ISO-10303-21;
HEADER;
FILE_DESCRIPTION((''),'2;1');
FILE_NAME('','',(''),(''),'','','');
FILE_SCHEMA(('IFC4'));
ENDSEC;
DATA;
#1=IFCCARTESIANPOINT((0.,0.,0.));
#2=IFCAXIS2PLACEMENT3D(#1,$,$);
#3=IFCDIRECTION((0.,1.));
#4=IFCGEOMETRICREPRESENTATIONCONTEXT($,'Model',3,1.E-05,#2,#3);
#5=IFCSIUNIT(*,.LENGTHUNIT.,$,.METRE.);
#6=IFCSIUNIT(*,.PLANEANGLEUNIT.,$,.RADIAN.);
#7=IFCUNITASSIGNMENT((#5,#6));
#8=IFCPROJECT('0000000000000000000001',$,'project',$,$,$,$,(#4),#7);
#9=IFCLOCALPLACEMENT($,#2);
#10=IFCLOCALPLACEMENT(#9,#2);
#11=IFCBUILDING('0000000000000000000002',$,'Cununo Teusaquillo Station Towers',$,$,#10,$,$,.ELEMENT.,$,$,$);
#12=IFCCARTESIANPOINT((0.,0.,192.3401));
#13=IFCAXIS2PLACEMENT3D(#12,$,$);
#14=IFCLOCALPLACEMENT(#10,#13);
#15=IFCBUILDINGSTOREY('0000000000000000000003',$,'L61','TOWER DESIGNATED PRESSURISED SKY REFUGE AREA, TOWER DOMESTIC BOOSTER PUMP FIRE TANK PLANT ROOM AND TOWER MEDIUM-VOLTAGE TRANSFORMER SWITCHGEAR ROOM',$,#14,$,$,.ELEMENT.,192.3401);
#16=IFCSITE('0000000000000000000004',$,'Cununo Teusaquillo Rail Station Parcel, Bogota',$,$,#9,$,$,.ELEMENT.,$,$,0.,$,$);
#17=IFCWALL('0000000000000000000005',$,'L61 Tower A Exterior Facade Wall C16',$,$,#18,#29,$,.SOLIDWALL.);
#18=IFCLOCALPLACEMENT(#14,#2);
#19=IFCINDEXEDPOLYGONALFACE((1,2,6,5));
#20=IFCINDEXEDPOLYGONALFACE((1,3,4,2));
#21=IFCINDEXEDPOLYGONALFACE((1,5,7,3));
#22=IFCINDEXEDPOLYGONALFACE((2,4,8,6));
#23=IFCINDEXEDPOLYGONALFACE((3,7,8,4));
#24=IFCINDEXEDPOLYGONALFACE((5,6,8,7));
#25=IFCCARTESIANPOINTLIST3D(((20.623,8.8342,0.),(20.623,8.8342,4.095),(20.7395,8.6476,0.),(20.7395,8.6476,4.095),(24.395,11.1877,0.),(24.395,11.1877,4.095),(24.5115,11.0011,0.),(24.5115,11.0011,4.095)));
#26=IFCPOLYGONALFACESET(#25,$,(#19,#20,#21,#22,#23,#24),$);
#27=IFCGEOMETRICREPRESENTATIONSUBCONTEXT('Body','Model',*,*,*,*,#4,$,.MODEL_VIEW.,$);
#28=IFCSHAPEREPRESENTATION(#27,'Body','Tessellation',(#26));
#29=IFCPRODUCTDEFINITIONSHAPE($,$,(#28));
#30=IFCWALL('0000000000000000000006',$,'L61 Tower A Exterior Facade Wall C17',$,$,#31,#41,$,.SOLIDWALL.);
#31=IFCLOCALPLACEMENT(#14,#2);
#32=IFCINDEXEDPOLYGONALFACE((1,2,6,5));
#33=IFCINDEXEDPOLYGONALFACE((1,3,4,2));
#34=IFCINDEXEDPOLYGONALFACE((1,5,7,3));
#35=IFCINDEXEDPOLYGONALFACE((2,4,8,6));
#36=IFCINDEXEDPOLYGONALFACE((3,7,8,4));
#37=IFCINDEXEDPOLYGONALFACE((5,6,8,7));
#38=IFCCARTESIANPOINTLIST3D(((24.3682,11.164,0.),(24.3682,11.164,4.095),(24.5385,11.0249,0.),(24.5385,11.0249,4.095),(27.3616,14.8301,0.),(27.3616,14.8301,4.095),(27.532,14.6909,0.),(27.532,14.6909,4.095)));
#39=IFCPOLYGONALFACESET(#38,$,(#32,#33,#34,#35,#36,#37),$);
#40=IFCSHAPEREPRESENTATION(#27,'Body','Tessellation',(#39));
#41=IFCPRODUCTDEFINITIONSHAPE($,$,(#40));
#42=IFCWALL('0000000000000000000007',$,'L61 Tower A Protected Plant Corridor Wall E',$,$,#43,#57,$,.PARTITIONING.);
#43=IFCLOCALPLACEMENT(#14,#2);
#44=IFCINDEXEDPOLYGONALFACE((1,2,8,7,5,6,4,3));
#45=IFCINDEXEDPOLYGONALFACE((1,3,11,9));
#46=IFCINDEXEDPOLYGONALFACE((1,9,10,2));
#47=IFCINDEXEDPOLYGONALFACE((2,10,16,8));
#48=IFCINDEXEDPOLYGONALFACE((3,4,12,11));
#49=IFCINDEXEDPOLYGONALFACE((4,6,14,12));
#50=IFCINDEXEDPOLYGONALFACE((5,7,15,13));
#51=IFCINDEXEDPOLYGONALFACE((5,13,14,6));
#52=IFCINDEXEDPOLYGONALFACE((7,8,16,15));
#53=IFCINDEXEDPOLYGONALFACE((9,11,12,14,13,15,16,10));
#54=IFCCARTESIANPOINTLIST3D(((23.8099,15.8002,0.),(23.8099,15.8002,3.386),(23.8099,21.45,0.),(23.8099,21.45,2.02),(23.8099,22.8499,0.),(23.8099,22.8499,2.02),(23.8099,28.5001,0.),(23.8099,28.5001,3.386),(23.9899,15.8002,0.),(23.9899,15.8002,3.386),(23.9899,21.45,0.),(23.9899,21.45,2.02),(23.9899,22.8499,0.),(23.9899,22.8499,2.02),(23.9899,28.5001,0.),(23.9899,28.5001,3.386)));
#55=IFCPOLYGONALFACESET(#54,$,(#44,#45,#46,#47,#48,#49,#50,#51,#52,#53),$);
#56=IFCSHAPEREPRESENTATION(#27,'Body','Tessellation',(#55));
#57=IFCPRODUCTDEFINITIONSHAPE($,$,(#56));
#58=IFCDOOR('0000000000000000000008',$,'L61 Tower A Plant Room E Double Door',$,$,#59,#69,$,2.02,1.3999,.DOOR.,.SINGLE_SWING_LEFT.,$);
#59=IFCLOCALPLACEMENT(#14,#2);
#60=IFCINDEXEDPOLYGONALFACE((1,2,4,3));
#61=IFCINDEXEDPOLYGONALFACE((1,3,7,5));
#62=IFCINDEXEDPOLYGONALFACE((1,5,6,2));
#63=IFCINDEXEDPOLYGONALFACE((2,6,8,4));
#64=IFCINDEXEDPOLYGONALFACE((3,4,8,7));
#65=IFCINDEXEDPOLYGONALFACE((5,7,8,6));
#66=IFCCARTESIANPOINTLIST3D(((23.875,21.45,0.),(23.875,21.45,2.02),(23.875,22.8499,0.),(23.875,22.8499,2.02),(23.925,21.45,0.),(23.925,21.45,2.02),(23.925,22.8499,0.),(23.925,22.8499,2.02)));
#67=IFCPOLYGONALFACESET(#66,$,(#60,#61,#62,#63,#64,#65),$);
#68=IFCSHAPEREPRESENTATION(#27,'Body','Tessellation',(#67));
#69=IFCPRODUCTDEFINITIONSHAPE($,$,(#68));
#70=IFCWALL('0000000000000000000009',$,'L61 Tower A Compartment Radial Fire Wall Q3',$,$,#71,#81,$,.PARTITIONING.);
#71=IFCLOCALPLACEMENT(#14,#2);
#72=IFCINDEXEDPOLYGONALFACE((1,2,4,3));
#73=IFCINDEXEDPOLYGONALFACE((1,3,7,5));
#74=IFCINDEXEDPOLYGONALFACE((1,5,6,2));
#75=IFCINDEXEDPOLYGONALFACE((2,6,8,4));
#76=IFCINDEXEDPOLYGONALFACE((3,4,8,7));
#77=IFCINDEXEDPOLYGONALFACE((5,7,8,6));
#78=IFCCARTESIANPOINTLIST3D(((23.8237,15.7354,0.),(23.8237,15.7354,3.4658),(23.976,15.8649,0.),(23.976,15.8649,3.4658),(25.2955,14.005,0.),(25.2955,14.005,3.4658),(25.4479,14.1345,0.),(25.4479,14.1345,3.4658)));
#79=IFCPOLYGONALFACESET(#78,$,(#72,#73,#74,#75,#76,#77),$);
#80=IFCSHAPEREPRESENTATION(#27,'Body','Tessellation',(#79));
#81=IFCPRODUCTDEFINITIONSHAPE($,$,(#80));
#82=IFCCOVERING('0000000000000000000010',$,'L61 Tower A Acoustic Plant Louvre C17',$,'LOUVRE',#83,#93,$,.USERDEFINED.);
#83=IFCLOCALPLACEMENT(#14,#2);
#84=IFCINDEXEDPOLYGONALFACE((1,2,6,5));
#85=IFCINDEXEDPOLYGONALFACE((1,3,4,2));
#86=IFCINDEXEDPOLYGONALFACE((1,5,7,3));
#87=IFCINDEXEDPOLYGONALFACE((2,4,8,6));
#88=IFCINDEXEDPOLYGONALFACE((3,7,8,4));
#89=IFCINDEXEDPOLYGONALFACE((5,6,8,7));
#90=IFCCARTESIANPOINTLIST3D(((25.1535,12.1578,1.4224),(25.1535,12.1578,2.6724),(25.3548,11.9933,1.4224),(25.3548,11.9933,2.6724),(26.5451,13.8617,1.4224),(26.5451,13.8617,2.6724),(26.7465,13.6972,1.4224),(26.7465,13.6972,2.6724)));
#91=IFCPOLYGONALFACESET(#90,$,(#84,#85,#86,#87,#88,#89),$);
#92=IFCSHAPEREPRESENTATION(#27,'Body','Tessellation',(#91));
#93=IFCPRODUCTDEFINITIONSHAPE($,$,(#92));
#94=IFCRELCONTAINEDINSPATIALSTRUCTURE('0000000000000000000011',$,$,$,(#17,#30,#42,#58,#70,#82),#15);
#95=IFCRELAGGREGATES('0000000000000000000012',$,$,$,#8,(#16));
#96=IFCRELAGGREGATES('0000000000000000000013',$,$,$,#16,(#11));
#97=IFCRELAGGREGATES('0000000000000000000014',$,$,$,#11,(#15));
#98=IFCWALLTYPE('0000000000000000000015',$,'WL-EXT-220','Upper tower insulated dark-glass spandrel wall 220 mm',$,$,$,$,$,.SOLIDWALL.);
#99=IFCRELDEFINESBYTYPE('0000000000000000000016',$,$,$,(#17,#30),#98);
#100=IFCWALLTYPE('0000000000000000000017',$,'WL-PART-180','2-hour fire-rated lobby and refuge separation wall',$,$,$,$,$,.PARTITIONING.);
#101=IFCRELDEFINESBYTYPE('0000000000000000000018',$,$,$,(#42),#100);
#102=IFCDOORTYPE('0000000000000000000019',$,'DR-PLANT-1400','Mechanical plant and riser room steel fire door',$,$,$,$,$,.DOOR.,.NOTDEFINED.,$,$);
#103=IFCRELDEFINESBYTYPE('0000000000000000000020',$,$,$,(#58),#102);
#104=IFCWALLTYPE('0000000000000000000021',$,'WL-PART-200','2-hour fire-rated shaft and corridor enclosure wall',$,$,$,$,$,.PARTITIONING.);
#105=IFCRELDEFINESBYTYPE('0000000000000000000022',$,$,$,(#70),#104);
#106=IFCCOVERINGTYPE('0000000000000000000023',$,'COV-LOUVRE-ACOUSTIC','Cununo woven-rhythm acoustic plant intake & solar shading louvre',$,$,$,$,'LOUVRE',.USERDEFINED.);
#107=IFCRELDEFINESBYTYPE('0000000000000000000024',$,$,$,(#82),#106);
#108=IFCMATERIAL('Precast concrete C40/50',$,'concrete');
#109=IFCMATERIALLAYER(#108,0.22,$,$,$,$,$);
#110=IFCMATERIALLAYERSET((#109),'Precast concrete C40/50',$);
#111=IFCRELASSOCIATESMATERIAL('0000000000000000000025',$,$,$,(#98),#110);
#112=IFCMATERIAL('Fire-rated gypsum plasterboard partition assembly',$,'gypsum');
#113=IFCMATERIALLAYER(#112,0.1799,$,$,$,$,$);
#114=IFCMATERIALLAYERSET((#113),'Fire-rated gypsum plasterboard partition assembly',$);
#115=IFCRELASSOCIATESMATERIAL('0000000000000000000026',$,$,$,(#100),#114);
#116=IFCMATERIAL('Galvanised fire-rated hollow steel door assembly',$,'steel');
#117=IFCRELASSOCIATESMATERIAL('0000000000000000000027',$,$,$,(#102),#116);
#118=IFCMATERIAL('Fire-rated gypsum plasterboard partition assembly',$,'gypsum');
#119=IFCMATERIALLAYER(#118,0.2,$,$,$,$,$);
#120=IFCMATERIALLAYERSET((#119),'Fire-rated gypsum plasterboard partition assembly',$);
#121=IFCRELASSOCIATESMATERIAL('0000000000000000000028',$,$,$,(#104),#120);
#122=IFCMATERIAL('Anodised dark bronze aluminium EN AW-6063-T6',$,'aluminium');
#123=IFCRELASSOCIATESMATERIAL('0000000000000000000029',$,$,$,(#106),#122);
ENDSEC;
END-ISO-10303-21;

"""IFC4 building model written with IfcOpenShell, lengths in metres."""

from ifc_helpers import new_model, si_unit, direction, frame, frame_2d, origin, origin_2d, place, context, subcontext, project, spatial, rectangle, extrude, source, transform, mapped, material, layer, layer_set, type_object, element, fill, save


model = new_model("IFC4")

# Units and contexts
model_context = context("Model", 3, precision=1e-05, world=origin(), true_north=direction((0.0, 1.0)))
body_context = subcontext(model_context, "Body", "Model", "MODEL_VIEW")
ifc_project = project(units=[si_unit("LENGTHUNIT", "METRE"), si_unit("PLANEANGLEUNIT", "RADIAN")], contexts=[model_context])

# Site, building, storey
site_placement = place(None, origin())
site = spatial("IfcSite", under=ifc_project, at=site_placement, Name="Cununo Teusaquillo Rail Station Parcel, Bogota", CompositionType="ELEMENT", RefElevation=0.0)
building_placement = place(site_placement, origin())
building = spatial("IfcBuilding", under=site, at=building_placement, Name="Cununo Teusaquillo Station Towers", CompositionType="ELEMENT")
storey_placement = place(building_placement, frame((0.0, 0.0, 192.3401)))
storey = spatial("IfcBuildingStorey", under=building, at=storey_placement, Name="L61", Description="TOWER DESIGNATED PRESSURISED SKY REFUGE AREA, TOWER DOMESTIC BOOSTER PUMP FIRE TANK PLANT ROOM AND TOWER MEDIUM-VOLTAGE TRANSFORMER SWITCHGEAR ROOM", CompositionType="ELEMENT", Elevation=192.3401)

# Walls
ifc_material_1 = material(Name="Precast concrete C40/50", Category="concrete")
ifc_layer_1 = layer(ifc_material_1, 0.22)
ifc_layer_set_1 = layer_set([ifc_layer_1], Name="Precast concrete C40/50")
wall_type_1 = type_object("IfcWallType", Name="WL-EXT-220", Description="Upper tower insulated dark-glass spandrel wall 220 mm", PredefinedType="SOLIDWALL", material=ifc_layer_set_1)
wall_1_placement = place(storey_placement, frame((24.4534, 11.0945, 0.0), z_axis=(0.0, 0.0, 1.0), x_axis=(-0.848399, -0.529357, 0.0)))
element("IfcWall", 1, at=wall_1_placement, inside=storey, type_object=wall_type_1, Name="L61 Tower A Exterior Facade Wall C16", PredefinedType="SOLIDWALL", context=body_context, shape_type="SweptSolid", body=[
    extrude(rectangle(XDim=4.446, YDim=0.22, at=frame_2d((2.2231, 0.0))), origin(), (0.0, 0.0, 1.0), 4.095),
])
wall_2_placement = place(storey_placement, frame((27.4468, 14.7605, 0.0), z_axis=(0.0, 0.0, 1.0), x_axis=(-0.632471, -0.774584, 0.0)))
element("IfcWall", 2, at=wall_2_placement, inside=storey, type_object=wall_type_1, Name="L61 Tower A Exterior Facade Wall C17", PredefinedType="SOLIDWALL", context=body_context, shape_type="SweptSolid", body=[
    extrude(rectangle(XDim=4.7329, YDim=0.22, at=frame_2d((2.3665, 0.0))), origin(), (0.0, 0.0, 1.0), 4.095),
])

# Wall, opening, door
ifc_material_2 = material(Name="Fire-rated gypsum plasterboard partition assembly", Category="gypsum")
ifc_layer_2 = layer(ifc_material_2, 0.1799)
ifc_layer_set_2 = layer_set([ifc_layer_2], Name="Fire-rated gypsum plasterboard partition assembly")
wall_type_2 = type_object("IfcWallType", Name="WL-PART-180", Description="2-hour fire-rated lobby and refuge separation wall", PredefinedType="PARTITIONING", material=ifc_layer_set_2)
wall_3_placement = place(storey_placement, frame((23.8999, 15.8, 0.0), z_axis=(0.0, 0.0, 1.0), x_axis=(0.0, 1.0, 0.0)))
wall_3 = element("IfcWall", 3, at=wall_3_placement, inside=storey, type_object=wall_type_2, Name="L61 Tower A Protected Plant Corridor Wall E", PredefinedType="PARTITIONING", context=body_context, shape_type="SweptSolid", body=[
    extrude(rectangle(XDim=12.7, YDim=0.1799, at=frame_2d((6.3501, 0.0))), origin(), (0.0, 0.0, 1.0), 3.386),
])
shared_shape_1 = source(origin(), body_context, "Body", "SweptSolid", [
    extrude(rectangle(XDim=1.3999, YDim=2.02, at=frame_2d((0.7, 1.01))), frame((0.0, 0.0999, 0.0), z_axis=(0.0, -1.0, 0.0), x_axis=(1.0, 0.0, 0.0)), (0.0, 0.0, 1.0), 0.2),
])
opening_placement = place(wall_3_placement, frame((5.6499, 0.0, 0.0)))
opening = element("IfcOpeningElement", 4, at=opening_placement, cuts=wall_3, PredefinedType="OPENING", context=body_context, shape_type="MappedRepresentation", body=[
    mapped(shared_shape_1, transform((0.0, 0.0, 0.0), x_axis=(1.0, 0.0, 0.0), y_axis=(0.0, 1.0, 0.0), z_axis=(0.0, 0.0, 1.0), scale=1.0)),
])
ifc_material_3 = material(Name="Galvanised fire-rated hollow steel door assembly", Category="steel")
door_type = type_object("IfcDoorType", Name="DR-PLANT-1400", Description="Mechanical plant and riser room steel fire door", OperationType="NOTDEFINED", PredefinedType="DOOR", material=ifc_material_3)
shared_shape_2 = source(origin(), body_context, "Body", "SweptSolid", [
    extrude(rectangle(XDim=1.3999, YDim=2.02, at=frame_2d((0.7, 1.01))), frame((0.0, 0.0249, 0.0), z_axis=(0.0, -1.0, 0.0), x_axis=(1.0, 0.0, 0.0)), (0.0, 0.0, 1.0), 0.05),
])
door_placement = place(opening_placement, origin())
door = element("IfcDoor", 5, at=door_placement, inside=storey, type_object=door_type, Name="L61 Tower A Plant Room E Double Door", OperationType="SINGLE_SWING_LEFT", OverallHeight=2.02, OverallWidth=1.3999, PredefinedType="DOOR", context=body_context, shape_type="MappedRepresentation", body=[
    mapped(shared_shape_2, transform((0.0, 0.0, 0.0), x_axis=(1.0, 0.0, 0.0), y_axis=(0.0, 1.0, 0.0), z_axis=(0.0, 0.0, 1.0), scale=1.0)),
])
fill(opening, door)

# Wall
ifc_material_4 = material(Name="Fire-rated gypsum plasterboard partition assembly", Category="gypsum")
ifc_layer_3 = layer(ifc_material_4, 0.2)
ifc_layer_set_3 = layer_set([ifc_layer_3], Name="Fire-rated gypsum plasterboard partition assembly")
wall_type_3 = type_object("IfcWallType", Name="WL-PART-200", Description="2-hour fire-rated shaft and corridor enclosure wall", PredefinedType="PARTITIONING", material=ifc_layer_set_3)
wall_4_placement = place(storey_placement, frame((23.8999, 15.8, 0.0), z_axis=(0.0, 0.0, 1.0), x_axis=(0.64791, -0.761717, 0.0)))
element("IfcWall", 6, at=wall_4_placement, inside=storey, type_object=wall_type_3, Name="L61 Tower A Compartment Radial Fire Wall Q3", PredefinedType="PARTITIONING", context=body_context, shape_type="SweptSolid", body=[
    extrude(rectangle(XDim=2.2717, YDim=0.2, at=frame_2d((1.1357, 0.0))), origin(), (0.0, 0.0, 1.0), 3.4658),
])

# Covering
ifc_material_5 = material(Name="Anodised dark bronze aluminium EN AW-6063-T6", Category="aluminium")
covering_type = type_object("IfcCoveringType", Name="COV-LOUVRE-ACOUSTIC", Description="Cununo woven-rhythm acoustic plant intake & solar shading louvre", ElementType="LOUVRE", PredefinedType="USERDEFINED", material=ifc_material_5)
shared_shape_3 = source(origin(), body_context, "Body", "SweptSolid", [
    extrude(rectangle(XDim=2.2, YDim=0.26, at=origin_2d()), origin(), (0.0, 0.0, 1.0), 1.25),
])
covering_placement = place(storey_placement, frame((25.95, 12.9275, 1.4224), z_axis=(0.0, 0.0, 1.0), x_axis=(-0.63257, -0.774503, 0.0)))
element("IfcCovering", 7, at=covering_placement, inside=storey, type_object=covering_type, Name="L61 Tower A Acoustic Plant Louvre C17", ObjectType="LOUVRE", PredefinedType="USERDEFINED", context=body_context, shape_type="MappedRepresentation", body=[
    mapped(shared_shape_3, transform((0.0, 0.0, 0.0), x_axis=(1.0, 0.0, 0.0), y_axis=(0.0, 1.0, 0.0), z_axis=(0.0, 0.0, 1.0), scale=1.0)),
])

save(model, "model.ifc")
